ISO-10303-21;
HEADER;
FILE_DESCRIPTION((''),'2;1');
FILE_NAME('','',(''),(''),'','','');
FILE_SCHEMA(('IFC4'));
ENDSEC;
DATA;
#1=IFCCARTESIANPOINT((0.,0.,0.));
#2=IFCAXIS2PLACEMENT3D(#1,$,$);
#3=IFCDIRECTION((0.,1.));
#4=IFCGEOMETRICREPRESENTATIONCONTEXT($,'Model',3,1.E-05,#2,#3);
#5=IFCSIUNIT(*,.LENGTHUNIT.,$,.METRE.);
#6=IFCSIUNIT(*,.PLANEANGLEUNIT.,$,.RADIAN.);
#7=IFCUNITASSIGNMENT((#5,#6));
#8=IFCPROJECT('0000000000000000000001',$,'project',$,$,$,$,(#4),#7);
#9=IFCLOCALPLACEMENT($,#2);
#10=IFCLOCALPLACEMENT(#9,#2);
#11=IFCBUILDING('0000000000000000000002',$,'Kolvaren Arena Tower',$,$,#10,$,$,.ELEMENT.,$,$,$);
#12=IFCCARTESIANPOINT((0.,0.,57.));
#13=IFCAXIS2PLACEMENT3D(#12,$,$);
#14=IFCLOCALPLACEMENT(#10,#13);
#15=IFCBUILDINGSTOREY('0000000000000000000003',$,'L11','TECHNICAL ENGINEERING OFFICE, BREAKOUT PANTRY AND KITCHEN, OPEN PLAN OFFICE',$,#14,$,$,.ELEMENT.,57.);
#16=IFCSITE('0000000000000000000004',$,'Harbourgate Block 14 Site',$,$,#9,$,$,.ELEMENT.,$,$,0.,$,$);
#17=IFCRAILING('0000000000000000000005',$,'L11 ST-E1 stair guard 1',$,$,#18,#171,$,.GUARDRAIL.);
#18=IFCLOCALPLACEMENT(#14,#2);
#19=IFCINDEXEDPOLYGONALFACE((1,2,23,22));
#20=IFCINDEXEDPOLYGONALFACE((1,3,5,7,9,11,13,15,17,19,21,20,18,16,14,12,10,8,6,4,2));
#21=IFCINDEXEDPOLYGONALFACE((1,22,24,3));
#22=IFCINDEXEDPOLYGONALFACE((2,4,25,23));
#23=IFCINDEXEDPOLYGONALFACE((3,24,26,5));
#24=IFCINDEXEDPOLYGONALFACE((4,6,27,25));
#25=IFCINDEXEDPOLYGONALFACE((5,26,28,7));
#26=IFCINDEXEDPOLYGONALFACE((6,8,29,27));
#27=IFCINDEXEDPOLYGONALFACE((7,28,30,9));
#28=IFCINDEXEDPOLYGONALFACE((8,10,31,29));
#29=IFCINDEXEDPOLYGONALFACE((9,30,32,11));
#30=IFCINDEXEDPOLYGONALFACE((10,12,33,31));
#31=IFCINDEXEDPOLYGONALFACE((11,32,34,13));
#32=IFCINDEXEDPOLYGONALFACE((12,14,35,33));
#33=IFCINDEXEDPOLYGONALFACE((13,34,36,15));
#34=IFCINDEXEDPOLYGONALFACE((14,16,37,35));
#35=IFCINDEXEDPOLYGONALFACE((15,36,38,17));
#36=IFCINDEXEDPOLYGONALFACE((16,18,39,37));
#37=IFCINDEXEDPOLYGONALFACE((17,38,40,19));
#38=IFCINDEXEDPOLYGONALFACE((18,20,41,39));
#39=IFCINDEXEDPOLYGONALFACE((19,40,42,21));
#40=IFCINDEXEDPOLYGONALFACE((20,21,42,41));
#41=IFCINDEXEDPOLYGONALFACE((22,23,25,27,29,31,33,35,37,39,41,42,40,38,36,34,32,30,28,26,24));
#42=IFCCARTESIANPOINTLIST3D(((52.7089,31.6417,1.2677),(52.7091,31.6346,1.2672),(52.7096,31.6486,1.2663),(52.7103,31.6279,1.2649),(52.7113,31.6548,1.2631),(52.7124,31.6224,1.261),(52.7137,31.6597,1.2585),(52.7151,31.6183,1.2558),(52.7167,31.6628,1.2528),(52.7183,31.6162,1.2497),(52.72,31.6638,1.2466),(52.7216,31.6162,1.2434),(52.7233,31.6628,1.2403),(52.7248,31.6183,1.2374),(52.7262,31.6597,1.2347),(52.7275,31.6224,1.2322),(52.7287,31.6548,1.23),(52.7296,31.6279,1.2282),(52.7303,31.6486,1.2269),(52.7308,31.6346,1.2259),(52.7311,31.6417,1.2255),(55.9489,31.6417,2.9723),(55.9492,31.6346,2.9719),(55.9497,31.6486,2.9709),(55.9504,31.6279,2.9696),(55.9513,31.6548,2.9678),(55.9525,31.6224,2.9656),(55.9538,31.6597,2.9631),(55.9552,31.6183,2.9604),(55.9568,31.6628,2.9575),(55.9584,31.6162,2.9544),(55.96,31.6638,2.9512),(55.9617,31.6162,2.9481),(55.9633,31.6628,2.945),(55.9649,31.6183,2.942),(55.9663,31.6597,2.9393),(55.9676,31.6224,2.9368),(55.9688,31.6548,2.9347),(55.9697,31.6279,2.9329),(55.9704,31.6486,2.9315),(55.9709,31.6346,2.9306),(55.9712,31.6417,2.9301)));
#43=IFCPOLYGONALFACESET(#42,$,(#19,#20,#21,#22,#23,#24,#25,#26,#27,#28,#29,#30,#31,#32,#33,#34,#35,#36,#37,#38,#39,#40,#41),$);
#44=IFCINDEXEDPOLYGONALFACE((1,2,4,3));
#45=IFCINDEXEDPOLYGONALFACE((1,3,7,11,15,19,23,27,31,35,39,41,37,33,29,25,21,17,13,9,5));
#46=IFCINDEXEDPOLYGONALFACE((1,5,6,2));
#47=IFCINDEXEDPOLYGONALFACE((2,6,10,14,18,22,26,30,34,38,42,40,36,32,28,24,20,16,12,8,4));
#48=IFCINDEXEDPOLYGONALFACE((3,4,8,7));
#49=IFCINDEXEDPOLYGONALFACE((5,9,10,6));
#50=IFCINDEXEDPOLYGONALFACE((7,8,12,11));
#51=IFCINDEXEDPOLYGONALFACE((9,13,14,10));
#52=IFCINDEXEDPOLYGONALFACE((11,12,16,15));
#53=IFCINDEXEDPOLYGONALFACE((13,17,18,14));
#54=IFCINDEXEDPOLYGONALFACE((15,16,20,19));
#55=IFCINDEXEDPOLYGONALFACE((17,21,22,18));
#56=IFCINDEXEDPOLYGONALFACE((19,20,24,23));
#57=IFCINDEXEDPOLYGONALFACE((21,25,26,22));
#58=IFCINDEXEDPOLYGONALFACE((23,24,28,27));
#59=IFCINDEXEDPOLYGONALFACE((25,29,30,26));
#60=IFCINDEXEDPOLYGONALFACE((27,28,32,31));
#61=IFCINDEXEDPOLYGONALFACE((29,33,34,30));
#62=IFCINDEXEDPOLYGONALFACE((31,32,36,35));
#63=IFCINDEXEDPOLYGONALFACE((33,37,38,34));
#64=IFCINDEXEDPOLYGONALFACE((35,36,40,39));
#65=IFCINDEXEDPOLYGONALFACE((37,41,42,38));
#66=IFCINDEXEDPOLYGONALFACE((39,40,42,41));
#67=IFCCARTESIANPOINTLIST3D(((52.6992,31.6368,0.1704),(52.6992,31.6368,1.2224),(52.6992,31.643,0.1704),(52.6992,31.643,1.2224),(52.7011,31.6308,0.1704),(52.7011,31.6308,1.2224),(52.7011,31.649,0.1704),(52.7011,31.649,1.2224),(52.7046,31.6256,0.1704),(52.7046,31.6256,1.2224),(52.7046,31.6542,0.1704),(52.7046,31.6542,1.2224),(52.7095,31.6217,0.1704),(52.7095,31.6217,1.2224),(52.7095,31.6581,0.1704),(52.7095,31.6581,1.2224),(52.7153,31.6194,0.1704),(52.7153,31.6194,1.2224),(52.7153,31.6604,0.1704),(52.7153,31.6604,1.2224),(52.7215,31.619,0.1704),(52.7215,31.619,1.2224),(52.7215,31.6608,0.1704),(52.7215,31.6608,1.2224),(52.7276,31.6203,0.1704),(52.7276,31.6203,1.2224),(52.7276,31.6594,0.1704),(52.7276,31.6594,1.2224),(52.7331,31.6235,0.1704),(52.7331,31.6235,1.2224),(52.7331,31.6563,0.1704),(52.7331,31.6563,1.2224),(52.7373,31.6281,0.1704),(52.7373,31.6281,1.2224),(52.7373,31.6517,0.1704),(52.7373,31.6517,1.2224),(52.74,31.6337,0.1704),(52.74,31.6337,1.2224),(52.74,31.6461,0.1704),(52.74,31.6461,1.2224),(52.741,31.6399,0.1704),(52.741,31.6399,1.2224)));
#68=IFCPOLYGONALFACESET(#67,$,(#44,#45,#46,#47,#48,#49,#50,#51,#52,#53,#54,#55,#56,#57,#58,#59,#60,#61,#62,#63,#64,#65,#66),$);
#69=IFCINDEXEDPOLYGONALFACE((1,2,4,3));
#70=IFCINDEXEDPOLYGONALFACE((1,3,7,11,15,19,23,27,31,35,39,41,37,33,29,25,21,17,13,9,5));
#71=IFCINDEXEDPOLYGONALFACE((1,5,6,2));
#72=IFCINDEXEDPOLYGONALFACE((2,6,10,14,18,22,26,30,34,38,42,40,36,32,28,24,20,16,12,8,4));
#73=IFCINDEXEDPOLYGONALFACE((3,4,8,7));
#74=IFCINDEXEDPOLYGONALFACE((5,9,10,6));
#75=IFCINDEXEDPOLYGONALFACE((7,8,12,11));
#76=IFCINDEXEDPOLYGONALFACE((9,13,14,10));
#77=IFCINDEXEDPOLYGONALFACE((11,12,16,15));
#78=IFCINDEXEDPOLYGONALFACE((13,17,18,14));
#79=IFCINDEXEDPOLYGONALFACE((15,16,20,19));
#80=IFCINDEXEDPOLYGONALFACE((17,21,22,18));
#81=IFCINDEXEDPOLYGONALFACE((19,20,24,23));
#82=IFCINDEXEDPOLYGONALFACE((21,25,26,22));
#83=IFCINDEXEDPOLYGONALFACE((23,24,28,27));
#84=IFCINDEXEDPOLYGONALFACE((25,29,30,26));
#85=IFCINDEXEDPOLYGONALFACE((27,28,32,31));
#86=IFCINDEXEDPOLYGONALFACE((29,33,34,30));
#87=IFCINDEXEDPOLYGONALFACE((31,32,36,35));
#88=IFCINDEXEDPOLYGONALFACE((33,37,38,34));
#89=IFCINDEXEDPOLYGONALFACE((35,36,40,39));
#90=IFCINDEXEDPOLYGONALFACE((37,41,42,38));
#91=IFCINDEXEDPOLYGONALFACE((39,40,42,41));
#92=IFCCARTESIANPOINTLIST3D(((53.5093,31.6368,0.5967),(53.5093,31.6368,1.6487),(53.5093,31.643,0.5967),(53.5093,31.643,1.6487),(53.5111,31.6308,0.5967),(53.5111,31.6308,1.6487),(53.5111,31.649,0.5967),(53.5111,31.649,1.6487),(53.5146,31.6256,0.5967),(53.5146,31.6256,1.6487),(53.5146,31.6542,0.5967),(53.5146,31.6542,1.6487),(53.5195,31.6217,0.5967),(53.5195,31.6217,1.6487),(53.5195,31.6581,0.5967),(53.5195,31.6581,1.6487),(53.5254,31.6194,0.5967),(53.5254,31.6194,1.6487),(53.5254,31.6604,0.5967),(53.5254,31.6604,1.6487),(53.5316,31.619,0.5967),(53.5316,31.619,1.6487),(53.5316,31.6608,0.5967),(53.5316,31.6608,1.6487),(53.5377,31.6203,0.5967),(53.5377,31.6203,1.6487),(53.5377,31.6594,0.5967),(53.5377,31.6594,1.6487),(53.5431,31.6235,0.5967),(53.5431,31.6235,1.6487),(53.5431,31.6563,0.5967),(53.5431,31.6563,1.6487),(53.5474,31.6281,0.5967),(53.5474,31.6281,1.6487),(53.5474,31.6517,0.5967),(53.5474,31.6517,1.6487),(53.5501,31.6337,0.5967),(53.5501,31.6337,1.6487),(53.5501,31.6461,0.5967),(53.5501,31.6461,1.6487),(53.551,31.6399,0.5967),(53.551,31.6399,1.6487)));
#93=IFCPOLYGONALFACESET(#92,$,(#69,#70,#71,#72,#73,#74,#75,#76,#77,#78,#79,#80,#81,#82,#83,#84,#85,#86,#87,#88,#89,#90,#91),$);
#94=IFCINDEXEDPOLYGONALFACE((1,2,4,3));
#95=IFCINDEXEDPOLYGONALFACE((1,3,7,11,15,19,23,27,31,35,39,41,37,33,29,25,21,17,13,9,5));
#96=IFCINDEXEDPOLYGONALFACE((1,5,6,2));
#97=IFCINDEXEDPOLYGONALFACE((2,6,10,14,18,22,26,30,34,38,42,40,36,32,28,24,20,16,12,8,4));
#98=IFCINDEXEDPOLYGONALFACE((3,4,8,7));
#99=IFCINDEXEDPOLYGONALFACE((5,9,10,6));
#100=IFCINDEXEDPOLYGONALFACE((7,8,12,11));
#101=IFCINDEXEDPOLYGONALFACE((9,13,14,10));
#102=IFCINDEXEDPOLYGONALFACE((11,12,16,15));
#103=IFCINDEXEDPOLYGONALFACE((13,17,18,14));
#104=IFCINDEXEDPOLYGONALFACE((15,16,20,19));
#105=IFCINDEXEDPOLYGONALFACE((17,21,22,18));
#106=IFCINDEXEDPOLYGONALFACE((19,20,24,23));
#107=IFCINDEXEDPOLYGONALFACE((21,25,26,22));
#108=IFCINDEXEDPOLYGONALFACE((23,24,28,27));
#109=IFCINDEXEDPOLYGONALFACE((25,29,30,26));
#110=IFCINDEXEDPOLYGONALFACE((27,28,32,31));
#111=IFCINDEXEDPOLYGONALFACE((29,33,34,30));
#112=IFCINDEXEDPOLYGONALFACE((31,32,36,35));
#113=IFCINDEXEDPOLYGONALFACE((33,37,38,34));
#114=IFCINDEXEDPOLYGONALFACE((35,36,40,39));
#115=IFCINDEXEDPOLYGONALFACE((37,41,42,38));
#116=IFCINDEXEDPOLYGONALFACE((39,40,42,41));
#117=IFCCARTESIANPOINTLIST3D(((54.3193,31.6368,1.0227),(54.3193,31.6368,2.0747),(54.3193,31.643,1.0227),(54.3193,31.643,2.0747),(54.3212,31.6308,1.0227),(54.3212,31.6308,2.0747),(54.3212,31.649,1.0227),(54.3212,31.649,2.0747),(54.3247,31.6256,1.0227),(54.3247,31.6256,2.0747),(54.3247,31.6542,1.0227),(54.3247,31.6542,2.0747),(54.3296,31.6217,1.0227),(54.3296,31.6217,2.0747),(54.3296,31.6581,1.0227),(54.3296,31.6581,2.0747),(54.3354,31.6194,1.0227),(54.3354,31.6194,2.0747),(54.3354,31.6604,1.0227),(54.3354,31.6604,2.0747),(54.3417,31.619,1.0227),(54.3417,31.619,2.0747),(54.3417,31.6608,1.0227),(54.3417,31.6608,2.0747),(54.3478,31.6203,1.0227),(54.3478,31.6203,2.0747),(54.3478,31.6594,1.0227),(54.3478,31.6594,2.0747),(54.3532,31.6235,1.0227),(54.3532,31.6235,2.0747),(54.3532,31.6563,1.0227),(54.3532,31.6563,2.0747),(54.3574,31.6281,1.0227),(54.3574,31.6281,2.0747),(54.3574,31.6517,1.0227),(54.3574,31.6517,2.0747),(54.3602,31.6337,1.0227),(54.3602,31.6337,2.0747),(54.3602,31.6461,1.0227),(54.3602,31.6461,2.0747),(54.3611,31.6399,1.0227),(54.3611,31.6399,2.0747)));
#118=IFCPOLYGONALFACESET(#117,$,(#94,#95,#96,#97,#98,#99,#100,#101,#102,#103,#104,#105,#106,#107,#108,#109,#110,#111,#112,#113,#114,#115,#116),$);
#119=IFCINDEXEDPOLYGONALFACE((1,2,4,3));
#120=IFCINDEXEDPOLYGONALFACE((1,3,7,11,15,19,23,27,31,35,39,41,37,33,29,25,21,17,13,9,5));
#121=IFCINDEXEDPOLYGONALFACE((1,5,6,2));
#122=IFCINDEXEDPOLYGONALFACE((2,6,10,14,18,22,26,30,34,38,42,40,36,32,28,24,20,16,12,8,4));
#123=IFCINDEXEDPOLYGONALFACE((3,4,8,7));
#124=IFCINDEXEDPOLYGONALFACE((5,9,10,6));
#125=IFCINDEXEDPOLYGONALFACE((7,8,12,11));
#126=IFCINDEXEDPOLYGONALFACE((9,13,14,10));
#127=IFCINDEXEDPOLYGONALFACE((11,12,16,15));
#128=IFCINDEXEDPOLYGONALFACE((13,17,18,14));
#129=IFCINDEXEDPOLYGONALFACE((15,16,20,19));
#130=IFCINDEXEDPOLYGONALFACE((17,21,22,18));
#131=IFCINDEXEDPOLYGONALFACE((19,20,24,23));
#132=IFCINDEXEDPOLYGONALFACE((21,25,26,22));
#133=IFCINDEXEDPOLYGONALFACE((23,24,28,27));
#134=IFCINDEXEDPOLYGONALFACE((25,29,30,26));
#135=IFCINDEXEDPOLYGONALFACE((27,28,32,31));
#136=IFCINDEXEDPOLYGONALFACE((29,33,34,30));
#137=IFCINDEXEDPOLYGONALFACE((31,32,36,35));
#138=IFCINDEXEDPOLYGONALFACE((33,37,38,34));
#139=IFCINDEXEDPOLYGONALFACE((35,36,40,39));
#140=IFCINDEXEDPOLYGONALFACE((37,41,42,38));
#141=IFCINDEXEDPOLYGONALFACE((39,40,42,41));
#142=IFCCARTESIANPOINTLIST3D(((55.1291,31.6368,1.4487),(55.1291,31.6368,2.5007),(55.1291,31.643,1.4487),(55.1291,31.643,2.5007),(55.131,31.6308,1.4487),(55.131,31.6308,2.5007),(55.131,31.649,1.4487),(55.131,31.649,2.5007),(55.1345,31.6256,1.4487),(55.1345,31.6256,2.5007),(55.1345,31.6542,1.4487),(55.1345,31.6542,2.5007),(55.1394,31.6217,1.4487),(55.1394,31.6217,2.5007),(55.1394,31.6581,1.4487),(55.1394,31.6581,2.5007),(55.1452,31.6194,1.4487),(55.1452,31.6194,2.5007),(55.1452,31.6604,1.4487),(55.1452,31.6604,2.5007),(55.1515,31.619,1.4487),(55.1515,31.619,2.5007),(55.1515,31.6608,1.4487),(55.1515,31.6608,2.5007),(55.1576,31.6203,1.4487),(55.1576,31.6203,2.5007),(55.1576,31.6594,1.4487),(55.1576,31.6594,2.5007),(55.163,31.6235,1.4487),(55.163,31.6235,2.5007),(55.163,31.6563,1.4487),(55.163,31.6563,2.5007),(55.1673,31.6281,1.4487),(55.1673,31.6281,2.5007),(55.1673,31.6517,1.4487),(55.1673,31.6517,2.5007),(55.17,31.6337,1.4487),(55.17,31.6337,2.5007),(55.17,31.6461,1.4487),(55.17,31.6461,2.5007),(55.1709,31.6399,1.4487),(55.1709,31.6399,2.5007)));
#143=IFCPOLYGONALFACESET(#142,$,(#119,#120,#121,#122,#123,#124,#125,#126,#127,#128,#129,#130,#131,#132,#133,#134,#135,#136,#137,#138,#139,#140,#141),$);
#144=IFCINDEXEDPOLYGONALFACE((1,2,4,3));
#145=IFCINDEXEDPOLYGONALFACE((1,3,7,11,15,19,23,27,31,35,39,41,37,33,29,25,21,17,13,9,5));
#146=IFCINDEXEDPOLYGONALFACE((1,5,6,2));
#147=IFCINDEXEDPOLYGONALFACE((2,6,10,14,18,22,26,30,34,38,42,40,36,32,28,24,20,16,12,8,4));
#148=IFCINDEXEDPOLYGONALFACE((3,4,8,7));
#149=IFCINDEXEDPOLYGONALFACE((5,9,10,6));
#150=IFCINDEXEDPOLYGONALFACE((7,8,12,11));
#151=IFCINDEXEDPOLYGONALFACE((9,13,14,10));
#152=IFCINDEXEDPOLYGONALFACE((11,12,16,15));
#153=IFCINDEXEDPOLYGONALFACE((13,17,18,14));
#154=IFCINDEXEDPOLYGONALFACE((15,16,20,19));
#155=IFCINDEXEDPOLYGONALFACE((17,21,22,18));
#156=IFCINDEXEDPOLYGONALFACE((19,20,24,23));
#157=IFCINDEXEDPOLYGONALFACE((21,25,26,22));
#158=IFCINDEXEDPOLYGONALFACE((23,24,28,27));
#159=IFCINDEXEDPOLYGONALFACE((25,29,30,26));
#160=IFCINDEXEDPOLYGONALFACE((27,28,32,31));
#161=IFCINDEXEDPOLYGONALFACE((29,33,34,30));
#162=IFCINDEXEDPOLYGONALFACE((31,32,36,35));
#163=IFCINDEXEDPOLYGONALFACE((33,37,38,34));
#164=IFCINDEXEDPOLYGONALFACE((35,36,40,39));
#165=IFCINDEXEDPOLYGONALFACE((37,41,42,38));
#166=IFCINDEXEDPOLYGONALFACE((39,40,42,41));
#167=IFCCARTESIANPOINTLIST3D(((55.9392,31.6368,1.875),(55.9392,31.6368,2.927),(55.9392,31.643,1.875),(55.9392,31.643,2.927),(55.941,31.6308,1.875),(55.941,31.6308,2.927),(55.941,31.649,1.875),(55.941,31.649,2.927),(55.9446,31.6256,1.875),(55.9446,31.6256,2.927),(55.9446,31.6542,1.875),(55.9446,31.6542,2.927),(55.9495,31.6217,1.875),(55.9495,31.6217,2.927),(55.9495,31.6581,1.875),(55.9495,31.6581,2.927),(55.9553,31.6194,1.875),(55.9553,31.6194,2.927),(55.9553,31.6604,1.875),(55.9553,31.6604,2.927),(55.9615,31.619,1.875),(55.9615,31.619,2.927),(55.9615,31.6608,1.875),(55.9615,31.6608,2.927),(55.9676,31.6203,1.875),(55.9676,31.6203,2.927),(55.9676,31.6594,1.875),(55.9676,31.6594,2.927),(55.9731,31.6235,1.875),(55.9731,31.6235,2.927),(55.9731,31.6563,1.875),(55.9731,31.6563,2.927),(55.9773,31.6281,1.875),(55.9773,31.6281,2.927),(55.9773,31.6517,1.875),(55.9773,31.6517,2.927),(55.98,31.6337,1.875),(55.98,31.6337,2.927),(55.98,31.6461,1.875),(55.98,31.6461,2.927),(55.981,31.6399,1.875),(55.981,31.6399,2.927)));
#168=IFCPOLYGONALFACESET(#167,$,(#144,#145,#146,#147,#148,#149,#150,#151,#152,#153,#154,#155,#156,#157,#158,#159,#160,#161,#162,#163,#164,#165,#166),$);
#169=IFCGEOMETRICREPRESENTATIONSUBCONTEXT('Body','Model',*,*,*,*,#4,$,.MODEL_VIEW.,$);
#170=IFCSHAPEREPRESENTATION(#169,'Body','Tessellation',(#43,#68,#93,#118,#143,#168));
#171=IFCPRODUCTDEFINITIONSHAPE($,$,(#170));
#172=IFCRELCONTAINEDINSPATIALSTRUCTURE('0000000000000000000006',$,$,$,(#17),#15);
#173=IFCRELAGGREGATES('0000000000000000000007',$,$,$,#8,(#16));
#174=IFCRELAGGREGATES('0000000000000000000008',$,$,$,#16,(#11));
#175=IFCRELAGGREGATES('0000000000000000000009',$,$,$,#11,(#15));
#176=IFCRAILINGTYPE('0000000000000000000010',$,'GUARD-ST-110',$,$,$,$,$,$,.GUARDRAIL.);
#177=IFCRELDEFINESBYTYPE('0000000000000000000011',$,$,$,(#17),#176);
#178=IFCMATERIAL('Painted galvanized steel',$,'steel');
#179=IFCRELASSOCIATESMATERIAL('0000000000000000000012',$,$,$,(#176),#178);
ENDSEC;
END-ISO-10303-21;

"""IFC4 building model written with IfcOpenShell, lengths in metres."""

from ifc_helpers import new_model, si_unit, direction, frame, origin, origin_2d, place, context, subcontext, project, spatial, circle, extrude, material, type_object, element, save


model = new_model("IFC4")

# Units and contexts
model_context = context("Model", 3, precision=1e-05, world=origin(), true_north=direction((0.0, 1.0)))
body_context = subcontext(model_context, "Body", "Model", "MODEL_VIEW")
ifc_project = project(units=[si_unit("LENGTHUNIT", "METRE"), si_unit("PLANEANGLEUNIT", "RADIAN")], contexts=[model_context])

# Site, building, storey
site_placement = place(None, origin())
site = spatial("IfcSite", under=ifc_project, at=site_placement, Name="Harbourgate Block 14 Site", CompositionType="ELEMENT", RefElevation=0.0)
building_placement = place(site_placement, origin())
building = spatial("IfcBuilding", under=site, at=building_placement, Name="Kolvaren Arena Tower", CompositionType="ELEMENT")
storey_placement = place(building_placement, frame((0.0, 0.0, 57.0)))
storey = spatial("IfcBuildingStorey", under=building, at=storey_placement, Name="L11", Description="TECHNICAL ENGINEERING OFFICE, BREAKOUT PANTRY AND KITCHEN, OPEN PLAN OFFICE", CompositionType="ELEMENT", Elevation=57.0)

# Railing
ifc_material_1 = material(Name="Painted galvanized steel", Category="steel")
railing_type_1 = type_object("IfcRailingType", Name="GUARD-ST-110", PredefinedType="GUARDRAIL", material=ifc_material_1)
railing_1_placement = place(storey_placement, frame((52.72, 31.6399, 0.1704)))
element("IfcRailing", 1, at=railing_1_placement, inside=storey, type_object=railing_type_1, Name="L11 ST-E1 stair guard 1", PredefinedType="GUARDRAIL", context=body_context, shape_type="SweptSolid", body=[
    extrude(circle(Radius=0.0239, at=origin_2d()), frame((0.0, 0.0, 1.0762), z_axis=(0.884993, 0.0, 0.465604), x_axis=(0.0, 1.0, 0.0)), (0.0, 0.0, 1.0), 3.6611),
    extrude(circle(Radius=0.021, at=origin_2d()), origin(), (0.0, 0.0, 1.0), 1.052),
    extrude(circle(Radius=0.021, at=origin_2d()), frame((0.8101, 0.0, 0.4263)), (0.0, 0.0, 1.0), 1.052),
    extrude(circle(Radius=0.021, at=origin_2d()), frame((1.6201, 0.0, 0.8523)), (0.0, 0.0, 1.0), 1.052),
    extrude(circle(Radius=0.021, at=origin_2d()), frame((2.4299, 0.0, 1.2783)), (0.0, 0.0, 1.0), 1.052),
    extrude(circle(Radius=0.021, at=origin_2d()), frame((3.24, 0.0, 1.7046)), (0.0, 0.0, 1.0), 1.052),
])

save(model, "model.ifc")
